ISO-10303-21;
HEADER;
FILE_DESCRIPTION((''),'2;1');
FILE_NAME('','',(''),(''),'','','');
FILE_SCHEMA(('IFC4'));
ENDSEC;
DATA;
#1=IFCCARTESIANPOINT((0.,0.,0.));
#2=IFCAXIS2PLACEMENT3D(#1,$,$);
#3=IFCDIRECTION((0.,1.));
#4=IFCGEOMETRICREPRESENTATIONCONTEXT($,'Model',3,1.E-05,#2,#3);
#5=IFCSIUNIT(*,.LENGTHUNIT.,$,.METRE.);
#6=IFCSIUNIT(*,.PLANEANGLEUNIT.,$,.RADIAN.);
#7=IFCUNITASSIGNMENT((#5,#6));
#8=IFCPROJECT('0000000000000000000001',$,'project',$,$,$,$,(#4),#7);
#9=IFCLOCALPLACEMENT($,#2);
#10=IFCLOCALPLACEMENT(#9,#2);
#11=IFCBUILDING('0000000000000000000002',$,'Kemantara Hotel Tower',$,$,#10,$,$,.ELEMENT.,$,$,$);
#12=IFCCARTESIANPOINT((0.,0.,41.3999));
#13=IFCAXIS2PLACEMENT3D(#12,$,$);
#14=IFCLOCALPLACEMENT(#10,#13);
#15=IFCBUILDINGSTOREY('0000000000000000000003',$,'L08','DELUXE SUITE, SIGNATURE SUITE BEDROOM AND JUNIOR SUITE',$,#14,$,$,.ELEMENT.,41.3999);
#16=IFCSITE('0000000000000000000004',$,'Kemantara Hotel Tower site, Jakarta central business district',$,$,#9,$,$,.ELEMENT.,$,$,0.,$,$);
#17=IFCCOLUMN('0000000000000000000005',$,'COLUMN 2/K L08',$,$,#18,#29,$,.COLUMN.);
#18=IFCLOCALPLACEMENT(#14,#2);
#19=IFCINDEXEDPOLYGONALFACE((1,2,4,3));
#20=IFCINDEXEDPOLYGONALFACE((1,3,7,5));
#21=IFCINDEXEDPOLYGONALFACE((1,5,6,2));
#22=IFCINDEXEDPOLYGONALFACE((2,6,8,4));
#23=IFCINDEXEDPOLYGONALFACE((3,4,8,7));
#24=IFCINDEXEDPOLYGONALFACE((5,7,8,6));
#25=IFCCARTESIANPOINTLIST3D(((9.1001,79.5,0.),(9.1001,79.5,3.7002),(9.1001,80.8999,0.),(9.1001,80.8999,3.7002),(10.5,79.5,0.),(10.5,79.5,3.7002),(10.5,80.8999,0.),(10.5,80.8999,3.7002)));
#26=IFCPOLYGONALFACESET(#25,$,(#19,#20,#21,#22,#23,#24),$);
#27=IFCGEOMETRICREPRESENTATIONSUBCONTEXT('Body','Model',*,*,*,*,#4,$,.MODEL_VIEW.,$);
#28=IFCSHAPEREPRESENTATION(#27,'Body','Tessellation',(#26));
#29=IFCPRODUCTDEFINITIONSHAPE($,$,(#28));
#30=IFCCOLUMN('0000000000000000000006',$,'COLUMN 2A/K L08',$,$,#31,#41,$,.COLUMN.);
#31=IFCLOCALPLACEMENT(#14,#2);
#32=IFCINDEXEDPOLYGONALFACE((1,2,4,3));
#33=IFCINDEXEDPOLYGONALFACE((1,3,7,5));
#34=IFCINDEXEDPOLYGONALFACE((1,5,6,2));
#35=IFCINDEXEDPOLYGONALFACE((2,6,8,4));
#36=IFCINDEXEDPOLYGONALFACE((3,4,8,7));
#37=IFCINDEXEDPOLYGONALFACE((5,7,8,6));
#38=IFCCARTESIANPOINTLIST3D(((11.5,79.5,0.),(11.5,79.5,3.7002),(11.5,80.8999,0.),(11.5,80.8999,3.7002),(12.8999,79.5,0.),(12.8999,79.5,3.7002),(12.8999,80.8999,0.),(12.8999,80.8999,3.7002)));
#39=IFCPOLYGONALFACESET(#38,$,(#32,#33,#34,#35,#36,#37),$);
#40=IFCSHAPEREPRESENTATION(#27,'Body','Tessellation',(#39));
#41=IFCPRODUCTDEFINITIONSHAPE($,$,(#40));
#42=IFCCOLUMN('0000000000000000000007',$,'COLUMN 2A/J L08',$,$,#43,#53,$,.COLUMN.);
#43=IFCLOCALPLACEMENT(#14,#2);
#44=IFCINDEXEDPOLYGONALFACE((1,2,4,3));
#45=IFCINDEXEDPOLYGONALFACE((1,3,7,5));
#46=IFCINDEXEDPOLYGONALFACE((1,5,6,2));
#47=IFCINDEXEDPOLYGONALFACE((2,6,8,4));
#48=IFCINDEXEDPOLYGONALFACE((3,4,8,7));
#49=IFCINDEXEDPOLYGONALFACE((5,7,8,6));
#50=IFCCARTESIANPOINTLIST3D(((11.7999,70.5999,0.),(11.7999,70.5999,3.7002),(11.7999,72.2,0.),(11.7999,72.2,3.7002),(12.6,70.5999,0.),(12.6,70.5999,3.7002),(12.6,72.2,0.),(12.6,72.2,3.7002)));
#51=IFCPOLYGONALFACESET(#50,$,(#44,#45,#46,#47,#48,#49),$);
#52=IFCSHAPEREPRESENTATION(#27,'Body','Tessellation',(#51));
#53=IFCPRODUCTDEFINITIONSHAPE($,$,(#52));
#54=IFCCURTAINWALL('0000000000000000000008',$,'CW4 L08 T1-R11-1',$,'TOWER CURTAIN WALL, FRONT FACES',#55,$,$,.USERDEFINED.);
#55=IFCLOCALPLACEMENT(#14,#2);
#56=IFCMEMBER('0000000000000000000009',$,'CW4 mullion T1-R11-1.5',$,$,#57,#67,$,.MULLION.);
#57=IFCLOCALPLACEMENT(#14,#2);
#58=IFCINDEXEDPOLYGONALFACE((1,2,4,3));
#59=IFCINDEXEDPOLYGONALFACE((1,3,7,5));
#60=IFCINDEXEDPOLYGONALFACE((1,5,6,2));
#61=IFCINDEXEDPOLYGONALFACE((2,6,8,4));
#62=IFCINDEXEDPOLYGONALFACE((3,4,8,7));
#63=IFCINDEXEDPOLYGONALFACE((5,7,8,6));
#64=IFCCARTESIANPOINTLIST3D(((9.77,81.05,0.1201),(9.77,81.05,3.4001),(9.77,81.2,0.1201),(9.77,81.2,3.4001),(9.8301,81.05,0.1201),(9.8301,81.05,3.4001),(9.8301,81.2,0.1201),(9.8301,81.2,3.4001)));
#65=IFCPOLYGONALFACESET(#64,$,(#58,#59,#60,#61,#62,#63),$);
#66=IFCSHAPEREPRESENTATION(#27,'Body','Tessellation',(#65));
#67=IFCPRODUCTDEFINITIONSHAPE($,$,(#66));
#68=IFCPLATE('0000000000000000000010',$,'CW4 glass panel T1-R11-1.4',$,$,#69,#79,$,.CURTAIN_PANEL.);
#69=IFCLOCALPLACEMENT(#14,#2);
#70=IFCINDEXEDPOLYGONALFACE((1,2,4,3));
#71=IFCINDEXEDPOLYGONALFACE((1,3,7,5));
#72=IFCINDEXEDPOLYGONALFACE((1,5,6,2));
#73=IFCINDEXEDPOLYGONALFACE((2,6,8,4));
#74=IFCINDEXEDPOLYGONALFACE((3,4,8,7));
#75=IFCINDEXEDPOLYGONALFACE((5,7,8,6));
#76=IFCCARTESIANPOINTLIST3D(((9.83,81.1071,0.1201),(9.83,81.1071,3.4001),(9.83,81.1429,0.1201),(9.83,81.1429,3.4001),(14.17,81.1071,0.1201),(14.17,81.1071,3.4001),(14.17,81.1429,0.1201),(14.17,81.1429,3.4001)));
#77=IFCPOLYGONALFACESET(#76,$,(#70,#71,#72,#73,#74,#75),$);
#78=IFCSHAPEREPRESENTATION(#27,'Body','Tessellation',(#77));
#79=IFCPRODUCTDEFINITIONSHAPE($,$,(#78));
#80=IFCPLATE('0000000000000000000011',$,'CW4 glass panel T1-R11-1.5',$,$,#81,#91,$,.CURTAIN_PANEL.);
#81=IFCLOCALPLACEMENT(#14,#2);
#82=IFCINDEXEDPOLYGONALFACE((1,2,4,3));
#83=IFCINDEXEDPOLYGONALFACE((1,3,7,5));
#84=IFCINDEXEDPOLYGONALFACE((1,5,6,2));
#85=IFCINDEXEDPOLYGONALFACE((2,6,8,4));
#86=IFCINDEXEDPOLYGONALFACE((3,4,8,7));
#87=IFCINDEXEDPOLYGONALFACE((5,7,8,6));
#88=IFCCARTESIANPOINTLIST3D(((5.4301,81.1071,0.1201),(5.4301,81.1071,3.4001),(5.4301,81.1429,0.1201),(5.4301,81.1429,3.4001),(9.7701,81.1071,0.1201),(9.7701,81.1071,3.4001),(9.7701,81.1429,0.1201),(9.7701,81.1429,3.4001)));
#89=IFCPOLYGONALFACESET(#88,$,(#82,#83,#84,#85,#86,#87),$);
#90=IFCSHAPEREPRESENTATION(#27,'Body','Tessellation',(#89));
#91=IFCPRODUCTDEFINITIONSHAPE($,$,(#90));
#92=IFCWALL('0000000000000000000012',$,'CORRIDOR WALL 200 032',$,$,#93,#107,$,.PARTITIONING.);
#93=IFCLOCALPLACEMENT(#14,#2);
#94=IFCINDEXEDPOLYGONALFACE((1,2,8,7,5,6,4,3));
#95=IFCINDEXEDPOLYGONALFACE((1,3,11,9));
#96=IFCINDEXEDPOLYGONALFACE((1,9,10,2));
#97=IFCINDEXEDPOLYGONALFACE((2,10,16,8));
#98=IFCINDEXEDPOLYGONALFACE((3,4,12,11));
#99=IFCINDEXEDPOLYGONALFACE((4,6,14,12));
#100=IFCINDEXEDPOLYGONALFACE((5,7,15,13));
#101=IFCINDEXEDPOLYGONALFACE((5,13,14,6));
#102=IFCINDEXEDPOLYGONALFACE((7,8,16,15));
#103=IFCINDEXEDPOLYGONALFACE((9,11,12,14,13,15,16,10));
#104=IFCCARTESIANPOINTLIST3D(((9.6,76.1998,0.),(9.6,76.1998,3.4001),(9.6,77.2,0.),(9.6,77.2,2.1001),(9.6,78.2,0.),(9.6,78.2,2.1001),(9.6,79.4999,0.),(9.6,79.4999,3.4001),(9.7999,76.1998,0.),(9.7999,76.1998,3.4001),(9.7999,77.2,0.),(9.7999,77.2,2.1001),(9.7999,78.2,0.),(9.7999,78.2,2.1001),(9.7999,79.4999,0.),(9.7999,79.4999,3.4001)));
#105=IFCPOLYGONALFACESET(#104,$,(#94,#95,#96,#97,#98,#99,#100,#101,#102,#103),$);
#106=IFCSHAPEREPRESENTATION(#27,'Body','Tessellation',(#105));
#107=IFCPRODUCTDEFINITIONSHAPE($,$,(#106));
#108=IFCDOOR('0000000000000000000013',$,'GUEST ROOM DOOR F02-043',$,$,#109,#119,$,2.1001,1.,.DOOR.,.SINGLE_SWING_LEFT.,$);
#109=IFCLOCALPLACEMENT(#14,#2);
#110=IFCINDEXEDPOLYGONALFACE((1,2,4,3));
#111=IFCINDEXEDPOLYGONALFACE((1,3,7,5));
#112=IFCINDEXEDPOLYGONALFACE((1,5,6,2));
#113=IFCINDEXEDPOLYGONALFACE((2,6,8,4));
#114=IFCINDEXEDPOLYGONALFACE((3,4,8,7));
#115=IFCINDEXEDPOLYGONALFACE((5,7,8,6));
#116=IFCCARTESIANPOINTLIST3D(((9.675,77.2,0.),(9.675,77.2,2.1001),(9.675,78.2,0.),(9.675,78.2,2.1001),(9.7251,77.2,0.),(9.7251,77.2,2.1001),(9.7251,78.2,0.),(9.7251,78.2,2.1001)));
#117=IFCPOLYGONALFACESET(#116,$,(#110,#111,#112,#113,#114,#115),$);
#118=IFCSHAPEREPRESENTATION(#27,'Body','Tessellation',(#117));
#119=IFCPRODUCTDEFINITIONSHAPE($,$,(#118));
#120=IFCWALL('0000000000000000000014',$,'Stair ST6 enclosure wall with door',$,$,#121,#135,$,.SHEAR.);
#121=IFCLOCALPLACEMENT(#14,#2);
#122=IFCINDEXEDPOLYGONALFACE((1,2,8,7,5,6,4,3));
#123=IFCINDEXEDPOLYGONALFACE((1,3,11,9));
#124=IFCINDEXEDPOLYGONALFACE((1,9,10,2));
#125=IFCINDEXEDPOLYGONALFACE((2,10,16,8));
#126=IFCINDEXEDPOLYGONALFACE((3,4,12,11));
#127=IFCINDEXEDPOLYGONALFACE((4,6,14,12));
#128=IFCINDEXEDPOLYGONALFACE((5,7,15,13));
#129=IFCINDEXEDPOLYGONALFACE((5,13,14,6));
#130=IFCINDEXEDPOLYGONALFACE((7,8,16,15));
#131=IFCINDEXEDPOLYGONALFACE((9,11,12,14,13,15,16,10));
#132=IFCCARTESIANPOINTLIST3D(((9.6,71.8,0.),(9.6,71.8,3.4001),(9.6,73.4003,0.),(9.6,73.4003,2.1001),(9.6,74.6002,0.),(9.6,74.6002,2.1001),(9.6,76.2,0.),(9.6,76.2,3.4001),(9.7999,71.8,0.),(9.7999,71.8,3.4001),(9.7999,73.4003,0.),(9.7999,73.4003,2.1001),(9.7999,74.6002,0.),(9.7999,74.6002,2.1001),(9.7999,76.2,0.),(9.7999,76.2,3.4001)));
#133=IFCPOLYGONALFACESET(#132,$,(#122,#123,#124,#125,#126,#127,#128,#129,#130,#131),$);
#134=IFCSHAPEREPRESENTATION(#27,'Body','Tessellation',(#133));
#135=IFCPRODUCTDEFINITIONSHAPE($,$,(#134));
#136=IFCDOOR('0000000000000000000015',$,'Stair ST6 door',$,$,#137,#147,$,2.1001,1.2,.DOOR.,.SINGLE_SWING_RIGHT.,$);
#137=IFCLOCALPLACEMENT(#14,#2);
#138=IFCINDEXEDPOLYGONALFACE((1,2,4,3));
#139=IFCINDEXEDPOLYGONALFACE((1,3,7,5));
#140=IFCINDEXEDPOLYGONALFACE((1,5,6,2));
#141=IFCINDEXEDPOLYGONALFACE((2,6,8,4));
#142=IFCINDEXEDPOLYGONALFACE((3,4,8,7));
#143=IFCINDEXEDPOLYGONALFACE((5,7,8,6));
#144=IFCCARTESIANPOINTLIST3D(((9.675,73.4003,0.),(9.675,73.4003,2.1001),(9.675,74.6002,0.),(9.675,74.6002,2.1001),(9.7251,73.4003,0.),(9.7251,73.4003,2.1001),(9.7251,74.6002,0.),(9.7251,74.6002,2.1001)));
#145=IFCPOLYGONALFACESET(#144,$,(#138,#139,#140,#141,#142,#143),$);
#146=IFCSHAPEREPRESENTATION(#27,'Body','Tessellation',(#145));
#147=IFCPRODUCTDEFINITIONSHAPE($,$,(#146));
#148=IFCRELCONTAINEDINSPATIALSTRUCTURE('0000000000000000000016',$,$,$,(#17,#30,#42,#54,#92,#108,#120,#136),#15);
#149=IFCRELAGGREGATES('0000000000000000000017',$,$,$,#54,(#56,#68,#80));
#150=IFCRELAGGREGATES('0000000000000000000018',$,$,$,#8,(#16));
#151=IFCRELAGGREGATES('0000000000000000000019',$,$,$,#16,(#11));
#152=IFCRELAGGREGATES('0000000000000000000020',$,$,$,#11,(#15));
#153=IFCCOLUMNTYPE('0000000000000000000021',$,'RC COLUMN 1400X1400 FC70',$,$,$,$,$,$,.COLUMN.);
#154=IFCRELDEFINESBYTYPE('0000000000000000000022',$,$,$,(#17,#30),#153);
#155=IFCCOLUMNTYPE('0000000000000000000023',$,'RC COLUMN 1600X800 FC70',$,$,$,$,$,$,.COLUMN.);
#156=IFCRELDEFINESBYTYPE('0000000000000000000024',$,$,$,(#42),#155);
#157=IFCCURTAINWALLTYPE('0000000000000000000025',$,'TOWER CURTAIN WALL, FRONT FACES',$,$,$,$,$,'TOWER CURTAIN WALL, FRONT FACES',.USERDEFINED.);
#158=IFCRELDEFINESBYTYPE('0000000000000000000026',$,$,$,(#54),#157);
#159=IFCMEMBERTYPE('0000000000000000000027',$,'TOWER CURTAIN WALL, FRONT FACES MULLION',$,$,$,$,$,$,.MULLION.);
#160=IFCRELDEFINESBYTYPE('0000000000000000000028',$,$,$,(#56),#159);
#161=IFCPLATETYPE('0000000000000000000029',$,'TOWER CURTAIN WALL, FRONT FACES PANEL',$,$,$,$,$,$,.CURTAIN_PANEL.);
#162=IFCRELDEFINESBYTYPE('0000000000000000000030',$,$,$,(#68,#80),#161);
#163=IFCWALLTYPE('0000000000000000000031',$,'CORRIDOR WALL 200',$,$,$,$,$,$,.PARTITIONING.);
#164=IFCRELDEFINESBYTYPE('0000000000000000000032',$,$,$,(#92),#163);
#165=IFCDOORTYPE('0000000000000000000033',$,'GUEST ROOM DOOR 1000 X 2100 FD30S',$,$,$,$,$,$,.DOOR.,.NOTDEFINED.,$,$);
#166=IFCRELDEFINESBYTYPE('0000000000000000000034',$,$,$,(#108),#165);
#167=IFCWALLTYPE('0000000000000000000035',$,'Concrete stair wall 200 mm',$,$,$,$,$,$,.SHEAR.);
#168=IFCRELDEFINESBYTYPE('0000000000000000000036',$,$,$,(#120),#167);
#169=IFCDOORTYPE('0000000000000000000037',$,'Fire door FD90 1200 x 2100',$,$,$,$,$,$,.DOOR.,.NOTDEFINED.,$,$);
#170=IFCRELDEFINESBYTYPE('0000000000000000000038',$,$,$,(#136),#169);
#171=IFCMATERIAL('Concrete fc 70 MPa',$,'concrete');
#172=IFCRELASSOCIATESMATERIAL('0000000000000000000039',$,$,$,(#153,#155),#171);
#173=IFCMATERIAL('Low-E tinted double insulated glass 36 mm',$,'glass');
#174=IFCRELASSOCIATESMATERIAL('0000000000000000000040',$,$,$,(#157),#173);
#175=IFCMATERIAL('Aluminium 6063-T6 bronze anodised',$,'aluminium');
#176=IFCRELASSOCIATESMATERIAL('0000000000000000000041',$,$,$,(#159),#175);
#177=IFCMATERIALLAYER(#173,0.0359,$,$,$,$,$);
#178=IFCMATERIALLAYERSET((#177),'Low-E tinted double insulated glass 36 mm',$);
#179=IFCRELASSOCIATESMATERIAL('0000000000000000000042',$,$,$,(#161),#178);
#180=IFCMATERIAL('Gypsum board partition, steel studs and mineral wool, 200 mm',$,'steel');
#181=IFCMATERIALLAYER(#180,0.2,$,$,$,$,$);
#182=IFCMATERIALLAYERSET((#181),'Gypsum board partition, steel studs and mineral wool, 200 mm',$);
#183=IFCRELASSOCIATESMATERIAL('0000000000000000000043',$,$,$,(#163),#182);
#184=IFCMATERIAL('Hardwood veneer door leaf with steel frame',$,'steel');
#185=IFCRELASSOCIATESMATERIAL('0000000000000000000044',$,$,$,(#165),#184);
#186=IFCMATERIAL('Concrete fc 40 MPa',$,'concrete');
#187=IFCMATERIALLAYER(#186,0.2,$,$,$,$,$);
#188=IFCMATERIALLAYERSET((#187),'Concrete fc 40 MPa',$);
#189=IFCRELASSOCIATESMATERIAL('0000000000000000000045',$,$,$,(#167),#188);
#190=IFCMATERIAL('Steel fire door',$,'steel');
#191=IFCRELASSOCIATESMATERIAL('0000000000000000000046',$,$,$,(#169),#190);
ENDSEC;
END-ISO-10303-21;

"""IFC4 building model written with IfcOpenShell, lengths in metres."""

from ifc_helpers import new_model, si_unit, direction, frame, frame_2d, origin, origin_2d, place, context, subcontext, project, spatial, rectangle, extrude, source, transform, mapped, material, layer, layer_set, material_profile, profile_set, type_object, element, fill, aggregate, save


model = new_model("IFC4")

# Units and contexts
model_context = context("Model", 3, precision=1e-05, world=origin(), true_north=direction((0.0, 1.0)))
body_context = subcontext(model_context, "Body", "Model", "MODEL_VIEW")
ifc_project = project(units=[si_unit("LENGTHUNIT", "METRE"), si_unit("PLANEANGLEUNIT", "RADIAN")], contexts=[model_context])

# Site, building, storey
site_placement = place(None, origin())
site = spatial("IfcSite", under=ifc_project, at=site_placement, Name="Kemantara Hotel Tower site, Jakarta central business district", CompositionType="ELEMENT", RefElevation=0.0)
building_placement = place(site_placement, origin())
building = spatial("IfcBuilding", under=site, at=building_placement, Name="Kemantara Hotel Tower", CompositionType="ELEMENT")
storey_placement = place(building_placement, frame((0.0, 0.0, 41.3999)))
storey = spatial("IfcBuildingStorey", under=building, at=storey_placement, Name="L08", Description="DELUXE SUITE, SIGNATURE SUITE BEDROOM AND JUNIOR SUITE", CompositionType="ELEMENT", Elevation=41.3999)

# Columns
ifc_material_1 = material(Name="Concrete fc 70 MPa", Category="concrete")
ifc_material_profile_1 = material_profile(ifc_material_1, rectangle(XDim=1.3999, YDim=1.3999, at=origin_2d()), Name="RC 1400X1400")
ifc_profile_set_1 = profile_set([ifc_material_profile_1], Name="Concrete fc 70 MPa")
column_type_1 = type_object("IfcColumnType", Name="RC COLUMN 1400X1400 FC70", PredefinedType="COLUMN", material=ifc_profile_set_1)
for number, where, z_axis, x_axis, name in (
    (1, (9.8, 80.2, 0.0), (0.0, 0.0, 1.0), (1.0, 0.0, 0.0), "COLUMN 2/K L08"),
    (2, (12.2, 80.2, 0.0), (0.0, 0.0, 1.0), (1.0, 0.0, 0.0), "COLUMN 2A/K L08"),
):
    element("IfcColumn", number, at=place(storey_placement, frame(where, z_axis=z_axis, x_axis=x_axis)), inside=storey, type_object=column_type_1, Name=name, PredefinedType="COLUMN", context=body_context, shape_type="SweptSolid", body=[
        extrude(rectangle(XDim=1.3999, YDim=1.3999, at=origin_2d()), origin(), (0.0, 0.0, 1.0), 3.7002),
    ])
ifc_material_profile_2 = material_profile(ifc_material_1, rectangle(XDim=1.6001, YDim=0.8, at=origin_2d()), Name="RC 1600X800")
ifc_profile_set_2 = profile_set([ifc_material_profile_2], Name="Concrete fc 70 MPa")
column_type_2 = type_object("IfcColumnType", Name="RC COLUMN 1600X800 FC70", PredefinedType="COLUMN", material=ifc_profile_set_2)
column_placement = place(storey_placement, frame((12.2, 71.3999, 0.0), z_axis=(0.0, 0.0, 1.0), x_axis=(0.0, 1.0, 0.0)))
element("IfcColumn", 3, at=column_placement, inside=storey, type_object=column_type_2, Name="COLUMN 2A/J L08", PredefinedType="COLUMN", context=body_context, shape_type="SweptSolid", body=[
    extrude(rectangle(XDim=1.6001, YDim=0.8, at=origin_2d()), origin(), (0.0, 0.0, 1.0), 3.7002),
])

# Curtain wall, member, plates
ifc_material_2 = material(Name="Low-E tinted double insulated glass 36 mm", Category="glass")
curtain_wall_type = type_object("IfcCurtainWallType", Name="TOWER CURTAIN WALL, FRONT FACES", ElementType="TOWER CURTAIN WALL, FRONT FACES", PredefinedType="USERDEFINED", material=ifc_material_2)
curtain_wall_placement = place(storey_placement, origin())
curtain_wall = element("IfcCurtainWall", 4, at=curtain_wall_placement, inside=storey, type_object=curtain_wall_type, Name="CW4 L08 T1-R11-1", ObjectType="TOWER CURTAIN WALL, FRONT FACES", PredefinedType="USERDEFINED")
ifc_material_3 = material(Name="Aluminium 6063-T6 bronze anodised", Category="aluminium")
ifc_material_profile_3 = material_profile(ifc_material_3, rectangle(XDim=0.1499, YDim=0.0601, at=origin_2d()), Name="TOWER CURTAIN WALL, FRONT FACES MULLION")
ifc_profile_set_3 = profile_set([ifc_material_profile_3], Name="Aluminium 6063-T6 bronze anodised")
member_type = type_object("IfcMemberType", Name="TOWER CURTAIN WALL, FRONT FACES MULLION", PredefinedType="MULLION", material=ifc_profile_set_3)
shared_shape_1 = source(origin(), body_context, "Body", "SweptSolid", [
    extrude(rectangle(XDim=0.1499, YDim=0.0601, at=origin_2d()), origin(), (0.0, 0.0, 1.0), 3.28),
])
member_placement = place(storey_placement, frame((9.8, 81.125, 0.1201), z_axis=(0.0, 0.0, 1.0), x_axis=(0.0, -1.0, 0.0)))
member = element("IfcMember", 5, at=member_placement, type_object=member_type, Name="CW4 mullion T1-R11-1.5", PredefinedType="MULLION", context=body_context, shape_type="MappedRepresentation", body=[
    mapped(shared_shape_1, transform((0.0, 0.0, 0.0))),
])
ifc_layer_1 = layer(ifc_material_2, 0.0359)
ifc_layer_set_1 = layer_set([ifc_layer_1], Name="Low-E tinted double insulated glass 36 mm")
plate_type = type_object("IfcPlateType", Name="TOWER CURTAIN WALL, FRONT FACES PANEL", PredefinedType="CURTAIN_PANEL", material=ifc_layer_set_1)
shared_shape_2 = source(origin(), body_context, "Body", "SweptSolid", [
    extrude(rectangle(XDim=4.3401, YDim=0.0359, at=origin_2d()), origin(), (0.0, 0.0, 1.0), 3.28),
])
plate_1_placement = place(storey_placement, frame((12.0, 81.125, 0.1201), z_axis=(0.0, 0.0, 1.0), x_axis=(-1.0, 0.0, 0.0)))
plate_1 = element("IfcPlate", 6, at=plate_1_placement, type_object=plate_type, Name="CW4 glass panel T1-R11-1.4", PredefinedType="CURTAIN_PANEL", context=body_context, shape_type="MappedRepresentation", body=[
    mapped(shared_shape_2, transform((0.0, 0.0, 0.0))),
])
plate_2_placement = place(storey_placement, frame((7.6001, 81.125, 0.1201), z_axis=(0.0, 0.0, 1.0), x_axis=(-1.0, 0.0, 0.0)))
plate_2 = element("IfcPlate", 7, at=plate_2_placement, type_object=plate_type, Name="CW4 glass panel T1-R11-1.5", PredefinedType="CURTAIN_PANEL", context=body_context, shape_type="MappedRepresentation", body=[
    mapped(shared_shape_2, transform((0.0, 0.0, 0.0))),
])
aggregate(curtain_wall, [member, plate_1, plate_2])

# Walls, openings, doors
ifc_material_4 = material(Name="Gypsum board partition, steel studs and mineral wool, 200 mm", Category="steel")
ifc_layer_2 = layer(ifc_material_4, 0.2)
ifc_layer_set_2 = layer_set([ifc_layer_2], Name="Gypsum board partition, steel studs and mineral wool, 200 mm")
wall_type_1 = type_object("IfcWallType", Name="CORRIDOR WALL 200", PredefinedType="PARTITIONING", material=ifc_layer_set_2)
wall_1_placement = place(storey_placement, frame((9.7, 76.2, 0.0), z_axis=(0.0, 0.0, 1.0), x_axis=(0.0, 1.0, 0.0)))
wall_1 = element("IfcWall", 8, at=wall_1_placement, inside=storey, type_object=wall_type_1, Name="CORRIDOR WALL 200 032", PredefinedType="PARTITIONING", context=body_context, shape_type="SweptSolid", body=[
    extrude(rectangle(XDim=3.3, YDim=0.2, at=frame_2d((1.6499, 0.0))), origin(), (0.0, 0.0, 1.0), 3.4001),
])
opening_1_placement = place(wall_1_placement, frame((1.0, 0.0, 0.0)))
opening_1 = element("IfcOpeningElement", 9, at=opening_1_placement, cuts=wall_1, PredefinedType="OPENING", context=body_context, shape_type="SweptSolid", body=[
    extrude(rectangle(XDim=1.0, YDim=2.1001, at=frame_2d((0.5, 1.05))), frame((0.0, 0.1099, 0.0), z_axis=(0.0, -1.0, 0.0), x_axis=(1.0, 0.0, 0.0)), (0.0, 0.0, 1.0), 0.22),
])
ifc_material_5 = material(Name="Hardwood veneer door leaf with steel frame", Category="steel")
door_type_1 = type_object("IfcDoorType", Name="GUEST ROOM DOOR 1000 X 2100 FD30S", OperationType="NOTDEFINED", PredefinedType="DOOR", material=ifc_material_5)
door_1_placement = place(opening_1_placement, origin())
door_1 = element("IfcDoor", 10, at=door_1_placement, inside=storey, type_object=door_type_1, Name="GUEST ROOM DOOR F02-043", OperationType="SINGLE_SWING_LEFT", OverallHeight=2.1001, OverallWidth=1.0, PredefinedType="DOOR", context=body_context, shape_type="SweptSolid", body=[
    extrude(rectangle(XDim=1.0, YDim=2.1001, at=frame_2d((0.5, 1.05))), frame((0.0, 0.0249, 0.0), z_axis=(0.0, -1.0, 0.0), x_axis=(1.0, 0.0, 0.0)), (0.0, 0.0, 1.0), 0.05),
])
fill(opening_1, door_1)
ifc_material_6 = material(Name="Concrete fc 40 MPa", Category="concrete")
ifc_layer_3 = layer(ifc_material_6, 0.2)
ifc_layer_set_3 = layer_set([ifc_layer_3], Name="Concrete fc 40 MPa")
wall_type_2 = type_object("IfcWallType", Name="Concrete stair wall 200 mm", PredefinedType="SHEAR", material=ifc_layer_set_3)
wall_2_placement = place(storey_placement, frame((9.7, 71.8, 0.0), z_axis=(0.0, 0.0, 1.0), x_axis=(0.0, 1.0, 0.0)))
wall_2 = element("IfcWall", 11, at=wall_2_placement, inside=storey, type_object=wall_type_2, Name="Stair ST6 enclosure wall with door", PredefinedType="SHEAR", context=body_context, shape_type="SweptSolid", body=[
    extrude(rectangle(XDim=4.3999, YDim=0.2, at=frame_2d((2.2, 0.0))), origin(), (0.0, 0.0, 1.0), 3.4001),
])
opening_2_placement = place(wall_2_placement, frame((1.6001, 0.0, 0.0)))
opening_2 = element("IfcOpeningElement", 12, at=opening_2_placement, cuts=wall_2, PredefinedType="OPENING", context=body_context, shape_type="SweptSolid", body=[
    extrude(rectangle(XDim=1.2, YDim=2.1001, at=frame_2d((0.6001, 1.05))), frame((0.0, 0.1099, 0.0), z_axis=(0.0, -1.0, 0.0), x_axis=(1.0, 0.0, 0.0)), (0.0, 0.0, 1.0), 0.22),
])
ifc_material_7 = material(Name="Steel fire door", Category="steel")
door_type_2 = type_object("IfcDoorType", Name="Fire door FD90 1200 x 2100", OperationType="NOTDEFINED", PredefinedType="DOOR", material=ifc_material_7)
door_2_placement = place(opening_2_placement, origin())
door_2 = element("IfcDoor", 13, at=door_2_placement, inside=storey, type_object=door_type_2, Name="Stair ST6 door", OperationType="SINGLE_SWING_RIGHT", OverallHeight=2.1001, OverallWidth=1.2, PredefinedType="DOOR", context=body_context, shape_type="SweptSolid", body=[
    extrude(rectangle(XDim=1.2, YDim=2.1001, at=frame_2d((0.6001, 1.05))), frame((0.0, 0.0249, 0.0), z_axis=(0.0, -1.0, 0.0), x_axis=(1.0, 0.0, 0.0)), (0.0, 0.0, 1.0), 0.05),
])
fill(opening_2, door_2)

save(model, "model.ifc")
